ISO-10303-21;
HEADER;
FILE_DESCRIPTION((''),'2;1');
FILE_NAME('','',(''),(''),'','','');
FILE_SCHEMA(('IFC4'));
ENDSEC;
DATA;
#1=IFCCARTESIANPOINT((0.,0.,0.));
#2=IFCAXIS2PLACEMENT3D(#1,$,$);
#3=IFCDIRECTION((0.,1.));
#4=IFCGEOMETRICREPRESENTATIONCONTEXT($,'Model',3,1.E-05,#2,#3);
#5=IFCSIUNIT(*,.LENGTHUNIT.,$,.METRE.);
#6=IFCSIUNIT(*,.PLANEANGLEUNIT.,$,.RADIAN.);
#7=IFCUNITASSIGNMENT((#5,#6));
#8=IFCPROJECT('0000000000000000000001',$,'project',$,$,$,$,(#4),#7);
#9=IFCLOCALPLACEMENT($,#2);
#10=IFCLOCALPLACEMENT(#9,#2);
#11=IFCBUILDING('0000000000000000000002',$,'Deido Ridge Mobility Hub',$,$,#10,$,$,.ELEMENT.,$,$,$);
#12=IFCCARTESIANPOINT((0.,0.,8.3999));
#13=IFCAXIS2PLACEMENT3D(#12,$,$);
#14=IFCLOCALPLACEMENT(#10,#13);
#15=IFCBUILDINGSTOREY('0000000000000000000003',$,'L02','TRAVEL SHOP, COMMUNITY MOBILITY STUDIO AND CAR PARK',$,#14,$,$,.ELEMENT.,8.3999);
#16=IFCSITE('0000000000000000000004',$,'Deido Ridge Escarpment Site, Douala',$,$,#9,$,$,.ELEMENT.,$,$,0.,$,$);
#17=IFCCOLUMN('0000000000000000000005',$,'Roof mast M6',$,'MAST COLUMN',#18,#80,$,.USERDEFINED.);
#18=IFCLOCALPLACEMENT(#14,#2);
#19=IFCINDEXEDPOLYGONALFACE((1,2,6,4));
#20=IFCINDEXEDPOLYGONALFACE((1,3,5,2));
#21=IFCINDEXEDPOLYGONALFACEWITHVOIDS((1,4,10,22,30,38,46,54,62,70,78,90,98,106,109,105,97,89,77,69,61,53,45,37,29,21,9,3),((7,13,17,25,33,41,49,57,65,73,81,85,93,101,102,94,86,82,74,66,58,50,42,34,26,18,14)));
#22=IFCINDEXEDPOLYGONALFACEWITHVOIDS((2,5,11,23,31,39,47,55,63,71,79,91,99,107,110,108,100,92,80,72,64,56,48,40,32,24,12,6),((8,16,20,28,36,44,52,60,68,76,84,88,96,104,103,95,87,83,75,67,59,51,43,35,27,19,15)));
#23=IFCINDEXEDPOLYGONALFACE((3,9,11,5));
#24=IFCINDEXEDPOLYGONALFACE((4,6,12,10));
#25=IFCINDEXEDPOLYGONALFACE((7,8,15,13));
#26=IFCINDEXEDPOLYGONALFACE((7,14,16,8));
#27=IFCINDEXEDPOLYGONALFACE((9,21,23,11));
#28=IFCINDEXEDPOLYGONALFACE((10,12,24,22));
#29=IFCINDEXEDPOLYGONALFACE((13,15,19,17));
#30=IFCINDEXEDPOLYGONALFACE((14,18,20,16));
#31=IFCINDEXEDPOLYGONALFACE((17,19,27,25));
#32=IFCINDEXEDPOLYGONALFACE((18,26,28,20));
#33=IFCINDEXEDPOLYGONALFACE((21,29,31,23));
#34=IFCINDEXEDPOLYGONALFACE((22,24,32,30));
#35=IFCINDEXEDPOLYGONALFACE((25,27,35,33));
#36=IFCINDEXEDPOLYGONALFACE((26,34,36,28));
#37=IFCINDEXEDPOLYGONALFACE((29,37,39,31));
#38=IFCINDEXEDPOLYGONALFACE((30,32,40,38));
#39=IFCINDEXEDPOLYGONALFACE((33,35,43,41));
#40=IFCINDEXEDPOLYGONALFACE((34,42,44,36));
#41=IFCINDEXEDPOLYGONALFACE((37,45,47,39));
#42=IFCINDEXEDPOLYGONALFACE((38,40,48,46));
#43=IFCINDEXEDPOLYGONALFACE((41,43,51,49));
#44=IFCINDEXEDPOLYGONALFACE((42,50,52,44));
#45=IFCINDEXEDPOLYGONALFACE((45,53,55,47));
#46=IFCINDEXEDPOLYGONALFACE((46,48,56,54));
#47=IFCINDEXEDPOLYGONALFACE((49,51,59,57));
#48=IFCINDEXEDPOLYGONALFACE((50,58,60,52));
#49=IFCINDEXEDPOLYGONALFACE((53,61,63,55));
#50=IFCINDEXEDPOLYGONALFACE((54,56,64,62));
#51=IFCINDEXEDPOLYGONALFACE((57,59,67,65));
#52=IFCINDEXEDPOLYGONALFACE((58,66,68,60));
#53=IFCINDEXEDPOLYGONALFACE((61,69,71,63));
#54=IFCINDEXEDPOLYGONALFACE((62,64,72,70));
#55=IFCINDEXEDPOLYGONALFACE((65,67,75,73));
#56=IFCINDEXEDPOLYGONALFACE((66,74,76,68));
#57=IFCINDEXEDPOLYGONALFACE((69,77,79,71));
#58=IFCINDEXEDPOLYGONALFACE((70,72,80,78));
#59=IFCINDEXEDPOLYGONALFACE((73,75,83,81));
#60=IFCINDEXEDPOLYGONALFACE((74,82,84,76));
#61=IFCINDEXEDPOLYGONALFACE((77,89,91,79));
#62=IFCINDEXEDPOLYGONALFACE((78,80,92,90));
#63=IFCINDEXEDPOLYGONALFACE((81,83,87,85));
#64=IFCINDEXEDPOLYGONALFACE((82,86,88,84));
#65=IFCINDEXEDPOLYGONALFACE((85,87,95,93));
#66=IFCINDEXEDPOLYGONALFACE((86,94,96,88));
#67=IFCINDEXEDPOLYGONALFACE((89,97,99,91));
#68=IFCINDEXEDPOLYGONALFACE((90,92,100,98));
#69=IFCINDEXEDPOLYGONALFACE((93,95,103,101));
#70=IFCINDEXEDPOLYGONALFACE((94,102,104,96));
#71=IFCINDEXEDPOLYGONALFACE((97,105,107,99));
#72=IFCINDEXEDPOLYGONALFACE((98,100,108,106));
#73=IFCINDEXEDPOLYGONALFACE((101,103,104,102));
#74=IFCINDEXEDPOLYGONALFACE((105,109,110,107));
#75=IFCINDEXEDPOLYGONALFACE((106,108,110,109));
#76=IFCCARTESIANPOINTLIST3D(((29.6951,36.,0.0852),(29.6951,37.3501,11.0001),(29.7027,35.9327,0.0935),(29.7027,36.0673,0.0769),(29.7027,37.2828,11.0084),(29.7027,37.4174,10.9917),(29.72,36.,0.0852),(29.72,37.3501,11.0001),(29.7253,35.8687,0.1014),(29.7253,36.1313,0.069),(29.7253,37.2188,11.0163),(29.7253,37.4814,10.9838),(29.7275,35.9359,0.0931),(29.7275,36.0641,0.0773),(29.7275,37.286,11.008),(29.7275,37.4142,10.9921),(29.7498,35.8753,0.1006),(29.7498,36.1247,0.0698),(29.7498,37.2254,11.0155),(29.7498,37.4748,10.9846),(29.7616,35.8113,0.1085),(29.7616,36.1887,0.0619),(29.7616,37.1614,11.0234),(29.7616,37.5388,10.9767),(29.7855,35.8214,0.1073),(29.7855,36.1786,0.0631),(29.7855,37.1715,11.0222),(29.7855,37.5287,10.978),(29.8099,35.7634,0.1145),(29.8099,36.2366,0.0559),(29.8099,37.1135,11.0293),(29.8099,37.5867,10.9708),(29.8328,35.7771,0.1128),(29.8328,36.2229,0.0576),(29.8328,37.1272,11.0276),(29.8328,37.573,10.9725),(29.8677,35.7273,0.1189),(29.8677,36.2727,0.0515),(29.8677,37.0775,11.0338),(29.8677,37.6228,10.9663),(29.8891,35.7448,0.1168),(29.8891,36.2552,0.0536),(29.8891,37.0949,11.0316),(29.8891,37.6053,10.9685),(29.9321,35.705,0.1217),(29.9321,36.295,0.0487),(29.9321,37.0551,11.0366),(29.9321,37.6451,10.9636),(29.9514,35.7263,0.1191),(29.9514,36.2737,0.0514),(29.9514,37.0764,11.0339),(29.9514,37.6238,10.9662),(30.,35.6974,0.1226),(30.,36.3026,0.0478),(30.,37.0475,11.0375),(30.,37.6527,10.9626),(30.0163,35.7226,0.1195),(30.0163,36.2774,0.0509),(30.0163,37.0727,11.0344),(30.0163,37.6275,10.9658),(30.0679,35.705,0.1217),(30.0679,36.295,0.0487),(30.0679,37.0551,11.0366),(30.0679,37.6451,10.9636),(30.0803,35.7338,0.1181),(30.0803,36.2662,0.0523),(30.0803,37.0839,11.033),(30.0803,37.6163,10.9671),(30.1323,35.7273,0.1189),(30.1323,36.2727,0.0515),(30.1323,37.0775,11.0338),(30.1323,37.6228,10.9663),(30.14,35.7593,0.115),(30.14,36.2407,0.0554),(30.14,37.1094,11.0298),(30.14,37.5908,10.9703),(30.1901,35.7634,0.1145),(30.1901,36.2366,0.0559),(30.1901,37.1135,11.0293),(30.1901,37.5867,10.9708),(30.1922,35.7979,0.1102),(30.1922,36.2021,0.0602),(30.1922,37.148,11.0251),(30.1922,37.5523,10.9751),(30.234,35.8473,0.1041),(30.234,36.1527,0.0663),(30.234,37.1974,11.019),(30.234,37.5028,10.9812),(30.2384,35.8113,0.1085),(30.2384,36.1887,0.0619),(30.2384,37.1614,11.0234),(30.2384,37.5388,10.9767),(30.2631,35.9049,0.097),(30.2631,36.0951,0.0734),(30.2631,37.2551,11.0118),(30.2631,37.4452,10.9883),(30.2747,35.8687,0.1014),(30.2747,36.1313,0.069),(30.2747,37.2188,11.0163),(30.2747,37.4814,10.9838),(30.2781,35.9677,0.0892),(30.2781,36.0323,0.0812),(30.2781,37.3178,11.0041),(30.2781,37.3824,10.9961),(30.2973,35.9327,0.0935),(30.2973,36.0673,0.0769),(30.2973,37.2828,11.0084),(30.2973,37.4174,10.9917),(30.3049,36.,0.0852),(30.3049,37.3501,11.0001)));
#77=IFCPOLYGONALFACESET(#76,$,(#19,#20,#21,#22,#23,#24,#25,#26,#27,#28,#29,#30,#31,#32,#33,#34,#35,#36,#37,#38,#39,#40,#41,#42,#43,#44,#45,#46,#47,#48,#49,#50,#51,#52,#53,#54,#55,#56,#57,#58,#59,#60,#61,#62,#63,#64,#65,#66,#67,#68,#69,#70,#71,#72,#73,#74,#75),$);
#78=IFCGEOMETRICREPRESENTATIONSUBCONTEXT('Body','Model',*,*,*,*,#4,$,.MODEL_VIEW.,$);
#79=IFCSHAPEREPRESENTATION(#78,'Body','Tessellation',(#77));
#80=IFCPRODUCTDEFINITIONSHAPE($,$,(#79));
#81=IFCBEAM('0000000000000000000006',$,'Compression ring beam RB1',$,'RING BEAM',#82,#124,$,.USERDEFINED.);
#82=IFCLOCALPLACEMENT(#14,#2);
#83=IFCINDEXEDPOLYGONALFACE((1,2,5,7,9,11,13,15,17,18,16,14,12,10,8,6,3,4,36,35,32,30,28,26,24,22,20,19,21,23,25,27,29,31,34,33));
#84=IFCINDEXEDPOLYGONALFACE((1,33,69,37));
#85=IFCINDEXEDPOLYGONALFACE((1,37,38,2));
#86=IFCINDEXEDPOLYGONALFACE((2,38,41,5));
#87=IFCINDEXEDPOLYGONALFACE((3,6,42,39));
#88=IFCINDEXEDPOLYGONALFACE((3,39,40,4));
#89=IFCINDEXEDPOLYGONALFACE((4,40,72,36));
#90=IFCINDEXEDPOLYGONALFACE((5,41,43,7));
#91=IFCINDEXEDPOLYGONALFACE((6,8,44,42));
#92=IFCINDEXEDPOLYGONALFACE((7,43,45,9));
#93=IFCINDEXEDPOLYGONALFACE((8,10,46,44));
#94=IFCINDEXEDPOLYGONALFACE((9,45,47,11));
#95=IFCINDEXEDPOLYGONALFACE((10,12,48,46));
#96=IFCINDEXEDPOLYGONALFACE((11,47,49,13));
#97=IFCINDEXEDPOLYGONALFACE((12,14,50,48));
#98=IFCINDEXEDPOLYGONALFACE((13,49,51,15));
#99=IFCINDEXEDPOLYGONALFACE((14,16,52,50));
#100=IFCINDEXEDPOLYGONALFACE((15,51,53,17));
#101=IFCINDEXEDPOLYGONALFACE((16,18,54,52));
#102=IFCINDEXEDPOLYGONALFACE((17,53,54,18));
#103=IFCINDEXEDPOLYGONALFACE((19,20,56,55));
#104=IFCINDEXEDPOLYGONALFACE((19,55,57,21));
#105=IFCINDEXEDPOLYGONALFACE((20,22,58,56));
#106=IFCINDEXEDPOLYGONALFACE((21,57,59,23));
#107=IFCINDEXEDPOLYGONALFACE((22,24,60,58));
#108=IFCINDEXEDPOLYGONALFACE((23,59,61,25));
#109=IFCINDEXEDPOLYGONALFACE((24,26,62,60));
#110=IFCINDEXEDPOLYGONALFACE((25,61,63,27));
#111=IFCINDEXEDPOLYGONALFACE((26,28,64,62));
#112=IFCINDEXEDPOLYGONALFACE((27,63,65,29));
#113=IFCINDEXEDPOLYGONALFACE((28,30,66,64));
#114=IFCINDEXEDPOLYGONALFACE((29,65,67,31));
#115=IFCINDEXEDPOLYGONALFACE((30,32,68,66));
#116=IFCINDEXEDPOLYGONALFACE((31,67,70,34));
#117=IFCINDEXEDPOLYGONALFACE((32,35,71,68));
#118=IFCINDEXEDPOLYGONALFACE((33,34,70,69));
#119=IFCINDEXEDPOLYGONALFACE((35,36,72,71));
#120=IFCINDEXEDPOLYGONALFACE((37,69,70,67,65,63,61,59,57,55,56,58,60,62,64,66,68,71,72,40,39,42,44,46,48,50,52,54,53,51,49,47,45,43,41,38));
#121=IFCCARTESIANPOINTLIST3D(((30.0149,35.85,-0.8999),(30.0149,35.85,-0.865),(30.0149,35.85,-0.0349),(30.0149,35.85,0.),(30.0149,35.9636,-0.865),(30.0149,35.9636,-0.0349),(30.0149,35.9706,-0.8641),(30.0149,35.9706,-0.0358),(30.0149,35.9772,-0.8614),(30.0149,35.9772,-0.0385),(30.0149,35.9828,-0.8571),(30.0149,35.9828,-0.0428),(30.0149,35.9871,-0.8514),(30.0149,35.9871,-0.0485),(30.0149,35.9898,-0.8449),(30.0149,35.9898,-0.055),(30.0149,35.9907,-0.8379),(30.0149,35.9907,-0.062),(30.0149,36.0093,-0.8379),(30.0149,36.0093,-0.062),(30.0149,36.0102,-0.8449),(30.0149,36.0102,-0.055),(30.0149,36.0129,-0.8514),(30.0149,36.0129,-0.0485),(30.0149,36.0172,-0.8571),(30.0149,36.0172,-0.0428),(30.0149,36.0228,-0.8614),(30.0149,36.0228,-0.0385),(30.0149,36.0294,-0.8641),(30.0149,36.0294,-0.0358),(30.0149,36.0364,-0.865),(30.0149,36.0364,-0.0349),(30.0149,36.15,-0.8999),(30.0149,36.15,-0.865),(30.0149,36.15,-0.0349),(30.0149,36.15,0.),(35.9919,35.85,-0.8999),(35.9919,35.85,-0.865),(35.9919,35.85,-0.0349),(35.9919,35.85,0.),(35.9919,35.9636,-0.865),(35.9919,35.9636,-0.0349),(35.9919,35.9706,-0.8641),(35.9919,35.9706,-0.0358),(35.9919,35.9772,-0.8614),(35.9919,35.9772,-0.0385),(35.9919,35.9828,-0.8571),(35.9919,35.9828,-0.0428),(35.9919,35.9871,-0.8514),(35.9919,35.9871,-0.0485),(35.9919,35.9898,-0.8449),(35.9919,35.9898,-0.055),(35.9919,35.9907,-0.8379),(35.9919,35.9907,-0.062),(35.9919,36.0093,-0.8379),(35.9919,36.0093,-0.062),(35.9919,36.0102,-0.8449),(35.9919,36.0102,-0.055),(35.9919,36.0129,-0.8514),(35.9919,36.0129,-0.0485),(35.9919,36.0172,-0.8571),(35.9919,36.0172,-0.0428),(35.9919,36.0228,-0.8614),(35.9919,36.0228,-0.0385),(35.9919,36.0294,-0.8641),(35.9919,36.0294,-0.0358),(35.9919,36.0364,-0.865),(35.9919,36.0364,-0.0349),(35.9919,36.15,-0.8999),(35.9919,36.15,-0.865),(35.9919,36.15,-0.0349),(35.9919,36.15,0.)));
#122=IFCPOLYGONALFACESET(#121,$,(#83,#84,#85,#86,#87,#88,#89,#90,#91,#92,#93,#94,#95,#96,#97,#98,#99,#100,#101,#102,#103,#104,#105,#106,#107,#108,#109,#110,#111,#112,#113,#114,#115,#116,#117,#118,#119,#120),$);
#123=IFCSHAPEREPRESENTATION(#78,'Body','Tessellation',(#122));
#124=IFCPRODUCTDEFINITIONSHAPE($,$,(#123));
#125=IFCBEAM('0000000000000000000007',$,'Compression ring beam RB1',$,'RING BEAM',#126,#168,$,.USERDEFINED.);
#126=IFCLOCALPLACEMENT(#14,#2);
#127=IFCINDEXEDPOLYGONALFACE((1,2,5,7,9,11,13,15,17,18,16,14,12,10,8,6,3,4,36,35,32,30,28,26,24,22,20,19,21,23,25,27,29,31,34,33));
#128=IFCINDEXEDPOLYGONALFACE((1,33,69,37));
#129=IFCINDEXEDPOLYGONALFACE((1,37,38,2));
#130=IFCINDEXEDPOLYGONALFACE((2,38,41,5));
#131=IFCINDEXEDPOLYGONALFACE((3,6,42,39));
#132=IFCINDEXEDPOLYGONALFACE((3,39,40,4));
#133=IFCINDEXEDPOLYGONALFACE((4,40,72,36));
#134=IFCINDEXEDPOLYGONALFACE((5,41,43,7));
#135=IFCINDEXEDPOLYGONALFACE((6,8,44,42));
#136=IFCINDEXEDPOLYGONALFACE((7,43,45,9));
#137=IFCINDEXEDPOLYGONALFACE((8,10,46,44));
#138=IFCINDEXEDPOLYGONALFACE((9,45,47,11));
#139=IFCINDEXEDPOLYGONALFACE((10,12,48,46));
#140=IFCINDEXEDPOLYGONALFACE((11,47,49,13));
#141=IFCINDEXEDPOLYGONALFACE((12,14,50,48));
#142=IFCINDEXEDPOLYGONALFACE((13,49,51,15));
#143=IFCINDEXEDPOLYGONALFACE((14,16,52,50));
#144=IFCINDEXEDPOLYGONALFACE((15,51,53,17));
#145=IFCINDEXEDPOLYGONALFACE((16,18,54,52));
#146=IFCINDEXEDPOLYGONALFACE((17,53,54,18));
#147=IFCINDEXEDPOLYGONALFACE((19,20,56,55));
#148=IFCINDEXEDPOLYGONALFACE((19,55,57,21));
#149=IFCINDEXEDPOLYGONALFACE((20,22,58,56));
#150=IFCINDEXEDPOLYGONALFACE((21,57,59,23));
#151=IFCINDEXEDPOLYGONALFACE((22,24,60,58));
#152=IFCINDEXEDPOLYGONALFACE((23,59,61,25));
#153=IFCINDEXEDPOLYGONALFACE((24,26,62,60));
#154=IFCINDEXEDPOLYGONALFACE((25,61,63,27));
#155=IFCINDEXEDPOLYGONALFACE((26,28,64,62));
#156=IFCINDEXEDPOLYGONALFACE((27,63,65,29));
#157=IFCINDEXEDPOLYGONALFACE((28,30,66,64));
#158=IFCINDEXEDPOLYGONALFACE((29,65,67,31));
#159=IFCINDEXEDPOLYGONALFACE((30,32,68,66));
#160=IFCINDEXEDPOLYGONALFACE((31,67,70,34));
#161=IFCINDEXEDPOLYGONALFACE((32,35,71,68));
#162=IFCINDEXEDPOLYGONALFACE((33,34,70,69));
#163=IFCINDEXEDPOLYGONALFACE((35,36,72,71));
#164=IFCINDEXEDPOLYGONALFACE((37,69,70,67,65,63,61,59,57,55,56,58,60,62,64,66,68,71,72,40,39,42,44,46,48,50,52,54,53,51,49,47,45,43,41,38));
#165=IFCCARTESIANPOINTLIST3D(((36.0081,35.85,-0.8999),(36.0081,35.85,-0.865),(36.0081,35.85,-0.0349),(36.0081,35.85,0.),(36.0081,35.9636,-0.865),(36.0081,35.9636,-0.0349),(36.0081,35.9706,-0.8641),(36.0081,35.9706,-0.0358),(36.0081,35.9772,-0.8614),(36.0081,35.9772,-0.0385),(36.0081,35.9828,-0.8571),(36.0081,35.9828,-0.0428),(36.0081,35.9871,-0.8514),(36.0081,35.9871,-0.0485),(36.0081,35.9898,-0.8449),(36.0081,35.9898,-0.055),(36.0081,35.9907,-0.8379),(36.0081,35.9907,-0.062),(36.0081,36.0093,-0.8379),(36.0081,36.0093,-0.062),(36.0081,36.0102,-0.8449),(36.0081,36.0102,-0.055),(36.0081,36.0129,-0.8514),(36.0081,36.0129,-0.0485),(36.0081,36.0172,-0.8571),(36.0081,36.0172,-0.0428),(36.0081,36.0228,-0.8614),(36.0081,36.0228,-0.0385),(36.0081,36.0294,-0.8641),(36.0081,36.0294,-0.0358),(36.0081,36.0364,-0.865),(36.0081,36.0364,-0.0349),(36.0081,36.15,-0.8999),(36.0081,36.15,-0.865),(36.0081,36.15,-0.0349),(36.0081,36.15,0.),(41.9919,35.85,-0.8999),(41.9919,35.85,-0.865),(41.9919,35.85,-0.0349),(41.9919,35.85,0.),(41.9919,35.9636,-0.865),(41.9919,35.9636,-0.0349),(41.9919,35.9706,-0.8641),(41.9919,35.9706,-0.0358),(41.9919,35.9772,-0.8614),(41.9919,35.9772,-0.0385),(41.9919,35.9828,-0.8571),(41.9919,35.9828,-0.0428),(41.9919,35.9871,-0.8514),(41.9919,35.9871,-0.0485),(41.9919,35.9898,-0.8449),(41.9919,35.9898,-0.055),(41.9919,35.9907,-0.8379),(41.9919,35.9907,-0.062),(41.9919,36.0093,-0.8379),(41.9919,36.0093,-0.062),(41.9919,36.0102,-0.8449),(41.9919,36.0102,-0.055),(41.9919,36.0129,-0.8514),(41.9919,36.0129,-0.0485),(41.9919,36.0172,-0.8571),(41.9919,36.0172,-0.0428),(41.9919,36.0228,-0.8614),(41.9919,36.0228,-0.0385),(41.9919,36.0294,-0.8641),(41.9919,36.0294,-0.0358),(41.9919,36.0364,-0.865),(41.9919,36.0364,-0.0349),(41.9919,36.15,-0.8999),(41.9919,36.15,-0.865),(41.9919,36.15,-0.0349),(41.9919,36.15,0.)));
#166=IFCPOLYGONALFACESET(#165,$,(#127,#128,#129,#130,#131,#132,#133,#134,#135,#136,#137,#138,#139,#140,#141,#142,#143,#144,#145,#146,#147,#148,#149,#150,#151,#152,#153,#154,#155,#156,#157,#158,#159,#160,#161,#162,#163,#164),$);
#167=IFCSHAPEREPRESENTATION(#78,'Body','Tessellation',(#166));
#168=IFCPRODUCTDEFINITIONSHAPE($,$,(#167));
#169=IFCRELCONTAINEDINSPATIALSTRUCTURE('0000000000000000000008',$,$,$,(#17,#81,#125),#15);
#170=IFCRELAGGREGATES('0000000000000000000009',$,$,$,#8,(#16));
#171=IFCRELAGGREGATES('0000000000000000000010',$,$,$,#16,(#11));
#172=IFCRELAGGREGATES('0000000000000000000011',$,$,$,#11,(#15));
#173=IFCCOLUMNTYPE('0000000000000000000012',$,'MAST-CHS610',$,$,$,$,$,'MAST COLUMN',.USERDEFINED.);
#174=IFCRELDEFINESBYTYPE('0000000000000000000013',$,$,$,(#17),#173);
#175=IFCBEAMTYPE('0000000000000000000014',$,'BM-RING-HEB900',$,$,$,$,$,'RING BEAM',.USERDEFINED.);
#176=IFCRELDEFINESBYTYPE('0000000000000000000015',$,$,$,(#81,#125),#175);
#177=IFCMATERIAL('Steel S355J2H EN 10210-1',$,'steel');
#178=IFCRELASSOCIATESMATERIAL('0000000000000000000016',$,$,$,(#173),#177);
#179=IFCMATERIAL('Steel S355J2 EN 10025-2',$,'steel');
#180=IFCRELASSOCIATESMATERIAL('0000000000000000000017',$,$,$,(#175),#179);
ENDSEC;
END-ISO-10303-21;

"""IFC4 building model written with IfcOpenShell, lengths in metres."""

from ifc_helpers import new_model, si_unit, direction, frame, origin, origin_2d, place, context, subcontext, project, spatial, hollow_circle, i_section, extrude, material, material_profile, profile_set, type_object, element, save


model = new_model("IFC4")

# Units and contexts
model_context = context("Model", 3, precision=1e-05, world=origin(), true_north=direction((0.0, 1.0)))
body_context = subcontext(model_context, "Body", "Model", "MODEL_VIEW")
ifc_project = project(units=[si_unit("LENGTHUNIT", "METRE"), si_unit("PLANEANGLEUNIT", "RADIAN")], contexts=[model_context])

# Site, building, storey
site_placement = place(None, origin())
site = spatial("IfcSite", under=ifc_project, at=site_placement, Name="Deido Ridge Escarpment Site, Douala", CompositionType="ELEMENT", RefElevation=0.0)
building_placement = place(site_placement, origin())
building = spatial("IfcBuilding", under=site, at=building_placement, Name="Deido Ridge Mobility Hub", CompositionType="ELEMENT")
storey_placement = place(building_placement, frame((0.0, 0.0, 8.3999)))
storey = spatial("IfcBuildingStorey", under=building, at=storey_placement, Name="L02", Description="TRAVEL SHOP, COMMUNITY MOBILITY STUDIO AND CAR PARK", CompositionType="ELEMENT", Elevation=8.3999)

# Column
ifc_material_1 = material(Name="Steel S355J2H EN 10210-1", Category="steel")
ifc_material_profile_1 = material_profile(ifc_material_1, hollow_circle(Radius=0.3049, WallThickness=0.0249, at=origin_2d()), Name="CHS 610x25")
ifc_profile_set_1 = profile_set([ifc_material_profile_1], Name="Steel S355J2H EN 10210-1")
column_type = type_object("IfcColumnType", Name="MAST-CHS610", ElementType="MAST COLUMN", PredefinedType="USERDEFINED", material=ifc_profile_set_1)
column_placement = place(storey_placement, frame((30.0, 36.0, 0.0852), z_axis=(0.0, 0.122759, 0.992437), x_axis=(-1.0, 0.0, 0.0)))
element("IfcColumn", 1, at=column_placement, inside=storey, type_object=column_type, Name="Roof mast M6", ObjectType="MAST COLUMN", PredefinedType="USERDEFINED", context=body_context, shape_type="SweptSolid", body=[
    extrude(hollow_circle(Radius=0.3049, WallThickness=0.0249, at=origin_2d()), origin(), (0.0, 0.0, 1.0), 10.998),
])

# Beams
ifc_material_2 = material(Name="Steel S355J2 EN 10025-2", Category="steel")
ifc_material_profile_2 = material_profile(ifc_material_2, i_section(OverallWidth=0.3, OverallDepth=0.8999, WebThickness=0.0186, FlangeThickness=0.0349, FilletRadius=0.0271, at=origin_2d()), Name="HEB 900")
ifc_profile_set_2 = profile_set([ifc_material_profile_2], Name="Steel S355J2 EN 10025-2")
beam_type = type_object("IfcBeamType", Name="BM-RING-HEB900", ElementType="RING BEAM", PredefinedType="USERDEFINED", material=ifc_profile_set_2)
beam_placement = place(storey_placement, frame((30.0149, 36.0, -0.45), z_axis=(1.0, 0.0, 0.0), x_axis=(0.0, 1.0, 0.0)))
element("IfcBeam", 2, at=beam_placement, inside=storey, type_object=beam_type, Name="Compression ring beam RB1", ObjectType="RING BEAM", PredefinedType="USERDEFINED", context=body_context, shape_type="SweptSolid", body=[
    extrude(i_section(OverallWidth=0.3, OverallDepth=0.8999, WebThickness=0.0186, FlangeThickness=0.0349, FilletRadius=0.0271, at=origin_2d()), origin(), (0.0, 0.0, 1.0), 5.9771),
])
for number, where, z_axis, x_axis, name in (
    (3, (36.0081, 36.0, -0.45), (1.0, 0.0, 0.0), (0.0, 1.0, 0.0), "Compression ring beam RB1"),
):
    element("IfcBeam", number, at=place(storey_placement, frame(where, z_axis=z_axis, x_axis=x_axis)), inside=storey, type_object=beam_type, Name=name, ObjectType="RING BEAM", PredefinedType="USERDEFINED", context=body_context, shape_type="SweptSolid", body=[
        extrude(i_section(OverallWidth=0.3, OverallDepth=0.8999, WebThickness=0.0186, FlangeThickness=0.0349, FilletRadius=0.0271, at=origin_2d()), origin(), (0.0, 0.0, 1.0), 5.9839),
    ])

save(model, "model.ifc")
